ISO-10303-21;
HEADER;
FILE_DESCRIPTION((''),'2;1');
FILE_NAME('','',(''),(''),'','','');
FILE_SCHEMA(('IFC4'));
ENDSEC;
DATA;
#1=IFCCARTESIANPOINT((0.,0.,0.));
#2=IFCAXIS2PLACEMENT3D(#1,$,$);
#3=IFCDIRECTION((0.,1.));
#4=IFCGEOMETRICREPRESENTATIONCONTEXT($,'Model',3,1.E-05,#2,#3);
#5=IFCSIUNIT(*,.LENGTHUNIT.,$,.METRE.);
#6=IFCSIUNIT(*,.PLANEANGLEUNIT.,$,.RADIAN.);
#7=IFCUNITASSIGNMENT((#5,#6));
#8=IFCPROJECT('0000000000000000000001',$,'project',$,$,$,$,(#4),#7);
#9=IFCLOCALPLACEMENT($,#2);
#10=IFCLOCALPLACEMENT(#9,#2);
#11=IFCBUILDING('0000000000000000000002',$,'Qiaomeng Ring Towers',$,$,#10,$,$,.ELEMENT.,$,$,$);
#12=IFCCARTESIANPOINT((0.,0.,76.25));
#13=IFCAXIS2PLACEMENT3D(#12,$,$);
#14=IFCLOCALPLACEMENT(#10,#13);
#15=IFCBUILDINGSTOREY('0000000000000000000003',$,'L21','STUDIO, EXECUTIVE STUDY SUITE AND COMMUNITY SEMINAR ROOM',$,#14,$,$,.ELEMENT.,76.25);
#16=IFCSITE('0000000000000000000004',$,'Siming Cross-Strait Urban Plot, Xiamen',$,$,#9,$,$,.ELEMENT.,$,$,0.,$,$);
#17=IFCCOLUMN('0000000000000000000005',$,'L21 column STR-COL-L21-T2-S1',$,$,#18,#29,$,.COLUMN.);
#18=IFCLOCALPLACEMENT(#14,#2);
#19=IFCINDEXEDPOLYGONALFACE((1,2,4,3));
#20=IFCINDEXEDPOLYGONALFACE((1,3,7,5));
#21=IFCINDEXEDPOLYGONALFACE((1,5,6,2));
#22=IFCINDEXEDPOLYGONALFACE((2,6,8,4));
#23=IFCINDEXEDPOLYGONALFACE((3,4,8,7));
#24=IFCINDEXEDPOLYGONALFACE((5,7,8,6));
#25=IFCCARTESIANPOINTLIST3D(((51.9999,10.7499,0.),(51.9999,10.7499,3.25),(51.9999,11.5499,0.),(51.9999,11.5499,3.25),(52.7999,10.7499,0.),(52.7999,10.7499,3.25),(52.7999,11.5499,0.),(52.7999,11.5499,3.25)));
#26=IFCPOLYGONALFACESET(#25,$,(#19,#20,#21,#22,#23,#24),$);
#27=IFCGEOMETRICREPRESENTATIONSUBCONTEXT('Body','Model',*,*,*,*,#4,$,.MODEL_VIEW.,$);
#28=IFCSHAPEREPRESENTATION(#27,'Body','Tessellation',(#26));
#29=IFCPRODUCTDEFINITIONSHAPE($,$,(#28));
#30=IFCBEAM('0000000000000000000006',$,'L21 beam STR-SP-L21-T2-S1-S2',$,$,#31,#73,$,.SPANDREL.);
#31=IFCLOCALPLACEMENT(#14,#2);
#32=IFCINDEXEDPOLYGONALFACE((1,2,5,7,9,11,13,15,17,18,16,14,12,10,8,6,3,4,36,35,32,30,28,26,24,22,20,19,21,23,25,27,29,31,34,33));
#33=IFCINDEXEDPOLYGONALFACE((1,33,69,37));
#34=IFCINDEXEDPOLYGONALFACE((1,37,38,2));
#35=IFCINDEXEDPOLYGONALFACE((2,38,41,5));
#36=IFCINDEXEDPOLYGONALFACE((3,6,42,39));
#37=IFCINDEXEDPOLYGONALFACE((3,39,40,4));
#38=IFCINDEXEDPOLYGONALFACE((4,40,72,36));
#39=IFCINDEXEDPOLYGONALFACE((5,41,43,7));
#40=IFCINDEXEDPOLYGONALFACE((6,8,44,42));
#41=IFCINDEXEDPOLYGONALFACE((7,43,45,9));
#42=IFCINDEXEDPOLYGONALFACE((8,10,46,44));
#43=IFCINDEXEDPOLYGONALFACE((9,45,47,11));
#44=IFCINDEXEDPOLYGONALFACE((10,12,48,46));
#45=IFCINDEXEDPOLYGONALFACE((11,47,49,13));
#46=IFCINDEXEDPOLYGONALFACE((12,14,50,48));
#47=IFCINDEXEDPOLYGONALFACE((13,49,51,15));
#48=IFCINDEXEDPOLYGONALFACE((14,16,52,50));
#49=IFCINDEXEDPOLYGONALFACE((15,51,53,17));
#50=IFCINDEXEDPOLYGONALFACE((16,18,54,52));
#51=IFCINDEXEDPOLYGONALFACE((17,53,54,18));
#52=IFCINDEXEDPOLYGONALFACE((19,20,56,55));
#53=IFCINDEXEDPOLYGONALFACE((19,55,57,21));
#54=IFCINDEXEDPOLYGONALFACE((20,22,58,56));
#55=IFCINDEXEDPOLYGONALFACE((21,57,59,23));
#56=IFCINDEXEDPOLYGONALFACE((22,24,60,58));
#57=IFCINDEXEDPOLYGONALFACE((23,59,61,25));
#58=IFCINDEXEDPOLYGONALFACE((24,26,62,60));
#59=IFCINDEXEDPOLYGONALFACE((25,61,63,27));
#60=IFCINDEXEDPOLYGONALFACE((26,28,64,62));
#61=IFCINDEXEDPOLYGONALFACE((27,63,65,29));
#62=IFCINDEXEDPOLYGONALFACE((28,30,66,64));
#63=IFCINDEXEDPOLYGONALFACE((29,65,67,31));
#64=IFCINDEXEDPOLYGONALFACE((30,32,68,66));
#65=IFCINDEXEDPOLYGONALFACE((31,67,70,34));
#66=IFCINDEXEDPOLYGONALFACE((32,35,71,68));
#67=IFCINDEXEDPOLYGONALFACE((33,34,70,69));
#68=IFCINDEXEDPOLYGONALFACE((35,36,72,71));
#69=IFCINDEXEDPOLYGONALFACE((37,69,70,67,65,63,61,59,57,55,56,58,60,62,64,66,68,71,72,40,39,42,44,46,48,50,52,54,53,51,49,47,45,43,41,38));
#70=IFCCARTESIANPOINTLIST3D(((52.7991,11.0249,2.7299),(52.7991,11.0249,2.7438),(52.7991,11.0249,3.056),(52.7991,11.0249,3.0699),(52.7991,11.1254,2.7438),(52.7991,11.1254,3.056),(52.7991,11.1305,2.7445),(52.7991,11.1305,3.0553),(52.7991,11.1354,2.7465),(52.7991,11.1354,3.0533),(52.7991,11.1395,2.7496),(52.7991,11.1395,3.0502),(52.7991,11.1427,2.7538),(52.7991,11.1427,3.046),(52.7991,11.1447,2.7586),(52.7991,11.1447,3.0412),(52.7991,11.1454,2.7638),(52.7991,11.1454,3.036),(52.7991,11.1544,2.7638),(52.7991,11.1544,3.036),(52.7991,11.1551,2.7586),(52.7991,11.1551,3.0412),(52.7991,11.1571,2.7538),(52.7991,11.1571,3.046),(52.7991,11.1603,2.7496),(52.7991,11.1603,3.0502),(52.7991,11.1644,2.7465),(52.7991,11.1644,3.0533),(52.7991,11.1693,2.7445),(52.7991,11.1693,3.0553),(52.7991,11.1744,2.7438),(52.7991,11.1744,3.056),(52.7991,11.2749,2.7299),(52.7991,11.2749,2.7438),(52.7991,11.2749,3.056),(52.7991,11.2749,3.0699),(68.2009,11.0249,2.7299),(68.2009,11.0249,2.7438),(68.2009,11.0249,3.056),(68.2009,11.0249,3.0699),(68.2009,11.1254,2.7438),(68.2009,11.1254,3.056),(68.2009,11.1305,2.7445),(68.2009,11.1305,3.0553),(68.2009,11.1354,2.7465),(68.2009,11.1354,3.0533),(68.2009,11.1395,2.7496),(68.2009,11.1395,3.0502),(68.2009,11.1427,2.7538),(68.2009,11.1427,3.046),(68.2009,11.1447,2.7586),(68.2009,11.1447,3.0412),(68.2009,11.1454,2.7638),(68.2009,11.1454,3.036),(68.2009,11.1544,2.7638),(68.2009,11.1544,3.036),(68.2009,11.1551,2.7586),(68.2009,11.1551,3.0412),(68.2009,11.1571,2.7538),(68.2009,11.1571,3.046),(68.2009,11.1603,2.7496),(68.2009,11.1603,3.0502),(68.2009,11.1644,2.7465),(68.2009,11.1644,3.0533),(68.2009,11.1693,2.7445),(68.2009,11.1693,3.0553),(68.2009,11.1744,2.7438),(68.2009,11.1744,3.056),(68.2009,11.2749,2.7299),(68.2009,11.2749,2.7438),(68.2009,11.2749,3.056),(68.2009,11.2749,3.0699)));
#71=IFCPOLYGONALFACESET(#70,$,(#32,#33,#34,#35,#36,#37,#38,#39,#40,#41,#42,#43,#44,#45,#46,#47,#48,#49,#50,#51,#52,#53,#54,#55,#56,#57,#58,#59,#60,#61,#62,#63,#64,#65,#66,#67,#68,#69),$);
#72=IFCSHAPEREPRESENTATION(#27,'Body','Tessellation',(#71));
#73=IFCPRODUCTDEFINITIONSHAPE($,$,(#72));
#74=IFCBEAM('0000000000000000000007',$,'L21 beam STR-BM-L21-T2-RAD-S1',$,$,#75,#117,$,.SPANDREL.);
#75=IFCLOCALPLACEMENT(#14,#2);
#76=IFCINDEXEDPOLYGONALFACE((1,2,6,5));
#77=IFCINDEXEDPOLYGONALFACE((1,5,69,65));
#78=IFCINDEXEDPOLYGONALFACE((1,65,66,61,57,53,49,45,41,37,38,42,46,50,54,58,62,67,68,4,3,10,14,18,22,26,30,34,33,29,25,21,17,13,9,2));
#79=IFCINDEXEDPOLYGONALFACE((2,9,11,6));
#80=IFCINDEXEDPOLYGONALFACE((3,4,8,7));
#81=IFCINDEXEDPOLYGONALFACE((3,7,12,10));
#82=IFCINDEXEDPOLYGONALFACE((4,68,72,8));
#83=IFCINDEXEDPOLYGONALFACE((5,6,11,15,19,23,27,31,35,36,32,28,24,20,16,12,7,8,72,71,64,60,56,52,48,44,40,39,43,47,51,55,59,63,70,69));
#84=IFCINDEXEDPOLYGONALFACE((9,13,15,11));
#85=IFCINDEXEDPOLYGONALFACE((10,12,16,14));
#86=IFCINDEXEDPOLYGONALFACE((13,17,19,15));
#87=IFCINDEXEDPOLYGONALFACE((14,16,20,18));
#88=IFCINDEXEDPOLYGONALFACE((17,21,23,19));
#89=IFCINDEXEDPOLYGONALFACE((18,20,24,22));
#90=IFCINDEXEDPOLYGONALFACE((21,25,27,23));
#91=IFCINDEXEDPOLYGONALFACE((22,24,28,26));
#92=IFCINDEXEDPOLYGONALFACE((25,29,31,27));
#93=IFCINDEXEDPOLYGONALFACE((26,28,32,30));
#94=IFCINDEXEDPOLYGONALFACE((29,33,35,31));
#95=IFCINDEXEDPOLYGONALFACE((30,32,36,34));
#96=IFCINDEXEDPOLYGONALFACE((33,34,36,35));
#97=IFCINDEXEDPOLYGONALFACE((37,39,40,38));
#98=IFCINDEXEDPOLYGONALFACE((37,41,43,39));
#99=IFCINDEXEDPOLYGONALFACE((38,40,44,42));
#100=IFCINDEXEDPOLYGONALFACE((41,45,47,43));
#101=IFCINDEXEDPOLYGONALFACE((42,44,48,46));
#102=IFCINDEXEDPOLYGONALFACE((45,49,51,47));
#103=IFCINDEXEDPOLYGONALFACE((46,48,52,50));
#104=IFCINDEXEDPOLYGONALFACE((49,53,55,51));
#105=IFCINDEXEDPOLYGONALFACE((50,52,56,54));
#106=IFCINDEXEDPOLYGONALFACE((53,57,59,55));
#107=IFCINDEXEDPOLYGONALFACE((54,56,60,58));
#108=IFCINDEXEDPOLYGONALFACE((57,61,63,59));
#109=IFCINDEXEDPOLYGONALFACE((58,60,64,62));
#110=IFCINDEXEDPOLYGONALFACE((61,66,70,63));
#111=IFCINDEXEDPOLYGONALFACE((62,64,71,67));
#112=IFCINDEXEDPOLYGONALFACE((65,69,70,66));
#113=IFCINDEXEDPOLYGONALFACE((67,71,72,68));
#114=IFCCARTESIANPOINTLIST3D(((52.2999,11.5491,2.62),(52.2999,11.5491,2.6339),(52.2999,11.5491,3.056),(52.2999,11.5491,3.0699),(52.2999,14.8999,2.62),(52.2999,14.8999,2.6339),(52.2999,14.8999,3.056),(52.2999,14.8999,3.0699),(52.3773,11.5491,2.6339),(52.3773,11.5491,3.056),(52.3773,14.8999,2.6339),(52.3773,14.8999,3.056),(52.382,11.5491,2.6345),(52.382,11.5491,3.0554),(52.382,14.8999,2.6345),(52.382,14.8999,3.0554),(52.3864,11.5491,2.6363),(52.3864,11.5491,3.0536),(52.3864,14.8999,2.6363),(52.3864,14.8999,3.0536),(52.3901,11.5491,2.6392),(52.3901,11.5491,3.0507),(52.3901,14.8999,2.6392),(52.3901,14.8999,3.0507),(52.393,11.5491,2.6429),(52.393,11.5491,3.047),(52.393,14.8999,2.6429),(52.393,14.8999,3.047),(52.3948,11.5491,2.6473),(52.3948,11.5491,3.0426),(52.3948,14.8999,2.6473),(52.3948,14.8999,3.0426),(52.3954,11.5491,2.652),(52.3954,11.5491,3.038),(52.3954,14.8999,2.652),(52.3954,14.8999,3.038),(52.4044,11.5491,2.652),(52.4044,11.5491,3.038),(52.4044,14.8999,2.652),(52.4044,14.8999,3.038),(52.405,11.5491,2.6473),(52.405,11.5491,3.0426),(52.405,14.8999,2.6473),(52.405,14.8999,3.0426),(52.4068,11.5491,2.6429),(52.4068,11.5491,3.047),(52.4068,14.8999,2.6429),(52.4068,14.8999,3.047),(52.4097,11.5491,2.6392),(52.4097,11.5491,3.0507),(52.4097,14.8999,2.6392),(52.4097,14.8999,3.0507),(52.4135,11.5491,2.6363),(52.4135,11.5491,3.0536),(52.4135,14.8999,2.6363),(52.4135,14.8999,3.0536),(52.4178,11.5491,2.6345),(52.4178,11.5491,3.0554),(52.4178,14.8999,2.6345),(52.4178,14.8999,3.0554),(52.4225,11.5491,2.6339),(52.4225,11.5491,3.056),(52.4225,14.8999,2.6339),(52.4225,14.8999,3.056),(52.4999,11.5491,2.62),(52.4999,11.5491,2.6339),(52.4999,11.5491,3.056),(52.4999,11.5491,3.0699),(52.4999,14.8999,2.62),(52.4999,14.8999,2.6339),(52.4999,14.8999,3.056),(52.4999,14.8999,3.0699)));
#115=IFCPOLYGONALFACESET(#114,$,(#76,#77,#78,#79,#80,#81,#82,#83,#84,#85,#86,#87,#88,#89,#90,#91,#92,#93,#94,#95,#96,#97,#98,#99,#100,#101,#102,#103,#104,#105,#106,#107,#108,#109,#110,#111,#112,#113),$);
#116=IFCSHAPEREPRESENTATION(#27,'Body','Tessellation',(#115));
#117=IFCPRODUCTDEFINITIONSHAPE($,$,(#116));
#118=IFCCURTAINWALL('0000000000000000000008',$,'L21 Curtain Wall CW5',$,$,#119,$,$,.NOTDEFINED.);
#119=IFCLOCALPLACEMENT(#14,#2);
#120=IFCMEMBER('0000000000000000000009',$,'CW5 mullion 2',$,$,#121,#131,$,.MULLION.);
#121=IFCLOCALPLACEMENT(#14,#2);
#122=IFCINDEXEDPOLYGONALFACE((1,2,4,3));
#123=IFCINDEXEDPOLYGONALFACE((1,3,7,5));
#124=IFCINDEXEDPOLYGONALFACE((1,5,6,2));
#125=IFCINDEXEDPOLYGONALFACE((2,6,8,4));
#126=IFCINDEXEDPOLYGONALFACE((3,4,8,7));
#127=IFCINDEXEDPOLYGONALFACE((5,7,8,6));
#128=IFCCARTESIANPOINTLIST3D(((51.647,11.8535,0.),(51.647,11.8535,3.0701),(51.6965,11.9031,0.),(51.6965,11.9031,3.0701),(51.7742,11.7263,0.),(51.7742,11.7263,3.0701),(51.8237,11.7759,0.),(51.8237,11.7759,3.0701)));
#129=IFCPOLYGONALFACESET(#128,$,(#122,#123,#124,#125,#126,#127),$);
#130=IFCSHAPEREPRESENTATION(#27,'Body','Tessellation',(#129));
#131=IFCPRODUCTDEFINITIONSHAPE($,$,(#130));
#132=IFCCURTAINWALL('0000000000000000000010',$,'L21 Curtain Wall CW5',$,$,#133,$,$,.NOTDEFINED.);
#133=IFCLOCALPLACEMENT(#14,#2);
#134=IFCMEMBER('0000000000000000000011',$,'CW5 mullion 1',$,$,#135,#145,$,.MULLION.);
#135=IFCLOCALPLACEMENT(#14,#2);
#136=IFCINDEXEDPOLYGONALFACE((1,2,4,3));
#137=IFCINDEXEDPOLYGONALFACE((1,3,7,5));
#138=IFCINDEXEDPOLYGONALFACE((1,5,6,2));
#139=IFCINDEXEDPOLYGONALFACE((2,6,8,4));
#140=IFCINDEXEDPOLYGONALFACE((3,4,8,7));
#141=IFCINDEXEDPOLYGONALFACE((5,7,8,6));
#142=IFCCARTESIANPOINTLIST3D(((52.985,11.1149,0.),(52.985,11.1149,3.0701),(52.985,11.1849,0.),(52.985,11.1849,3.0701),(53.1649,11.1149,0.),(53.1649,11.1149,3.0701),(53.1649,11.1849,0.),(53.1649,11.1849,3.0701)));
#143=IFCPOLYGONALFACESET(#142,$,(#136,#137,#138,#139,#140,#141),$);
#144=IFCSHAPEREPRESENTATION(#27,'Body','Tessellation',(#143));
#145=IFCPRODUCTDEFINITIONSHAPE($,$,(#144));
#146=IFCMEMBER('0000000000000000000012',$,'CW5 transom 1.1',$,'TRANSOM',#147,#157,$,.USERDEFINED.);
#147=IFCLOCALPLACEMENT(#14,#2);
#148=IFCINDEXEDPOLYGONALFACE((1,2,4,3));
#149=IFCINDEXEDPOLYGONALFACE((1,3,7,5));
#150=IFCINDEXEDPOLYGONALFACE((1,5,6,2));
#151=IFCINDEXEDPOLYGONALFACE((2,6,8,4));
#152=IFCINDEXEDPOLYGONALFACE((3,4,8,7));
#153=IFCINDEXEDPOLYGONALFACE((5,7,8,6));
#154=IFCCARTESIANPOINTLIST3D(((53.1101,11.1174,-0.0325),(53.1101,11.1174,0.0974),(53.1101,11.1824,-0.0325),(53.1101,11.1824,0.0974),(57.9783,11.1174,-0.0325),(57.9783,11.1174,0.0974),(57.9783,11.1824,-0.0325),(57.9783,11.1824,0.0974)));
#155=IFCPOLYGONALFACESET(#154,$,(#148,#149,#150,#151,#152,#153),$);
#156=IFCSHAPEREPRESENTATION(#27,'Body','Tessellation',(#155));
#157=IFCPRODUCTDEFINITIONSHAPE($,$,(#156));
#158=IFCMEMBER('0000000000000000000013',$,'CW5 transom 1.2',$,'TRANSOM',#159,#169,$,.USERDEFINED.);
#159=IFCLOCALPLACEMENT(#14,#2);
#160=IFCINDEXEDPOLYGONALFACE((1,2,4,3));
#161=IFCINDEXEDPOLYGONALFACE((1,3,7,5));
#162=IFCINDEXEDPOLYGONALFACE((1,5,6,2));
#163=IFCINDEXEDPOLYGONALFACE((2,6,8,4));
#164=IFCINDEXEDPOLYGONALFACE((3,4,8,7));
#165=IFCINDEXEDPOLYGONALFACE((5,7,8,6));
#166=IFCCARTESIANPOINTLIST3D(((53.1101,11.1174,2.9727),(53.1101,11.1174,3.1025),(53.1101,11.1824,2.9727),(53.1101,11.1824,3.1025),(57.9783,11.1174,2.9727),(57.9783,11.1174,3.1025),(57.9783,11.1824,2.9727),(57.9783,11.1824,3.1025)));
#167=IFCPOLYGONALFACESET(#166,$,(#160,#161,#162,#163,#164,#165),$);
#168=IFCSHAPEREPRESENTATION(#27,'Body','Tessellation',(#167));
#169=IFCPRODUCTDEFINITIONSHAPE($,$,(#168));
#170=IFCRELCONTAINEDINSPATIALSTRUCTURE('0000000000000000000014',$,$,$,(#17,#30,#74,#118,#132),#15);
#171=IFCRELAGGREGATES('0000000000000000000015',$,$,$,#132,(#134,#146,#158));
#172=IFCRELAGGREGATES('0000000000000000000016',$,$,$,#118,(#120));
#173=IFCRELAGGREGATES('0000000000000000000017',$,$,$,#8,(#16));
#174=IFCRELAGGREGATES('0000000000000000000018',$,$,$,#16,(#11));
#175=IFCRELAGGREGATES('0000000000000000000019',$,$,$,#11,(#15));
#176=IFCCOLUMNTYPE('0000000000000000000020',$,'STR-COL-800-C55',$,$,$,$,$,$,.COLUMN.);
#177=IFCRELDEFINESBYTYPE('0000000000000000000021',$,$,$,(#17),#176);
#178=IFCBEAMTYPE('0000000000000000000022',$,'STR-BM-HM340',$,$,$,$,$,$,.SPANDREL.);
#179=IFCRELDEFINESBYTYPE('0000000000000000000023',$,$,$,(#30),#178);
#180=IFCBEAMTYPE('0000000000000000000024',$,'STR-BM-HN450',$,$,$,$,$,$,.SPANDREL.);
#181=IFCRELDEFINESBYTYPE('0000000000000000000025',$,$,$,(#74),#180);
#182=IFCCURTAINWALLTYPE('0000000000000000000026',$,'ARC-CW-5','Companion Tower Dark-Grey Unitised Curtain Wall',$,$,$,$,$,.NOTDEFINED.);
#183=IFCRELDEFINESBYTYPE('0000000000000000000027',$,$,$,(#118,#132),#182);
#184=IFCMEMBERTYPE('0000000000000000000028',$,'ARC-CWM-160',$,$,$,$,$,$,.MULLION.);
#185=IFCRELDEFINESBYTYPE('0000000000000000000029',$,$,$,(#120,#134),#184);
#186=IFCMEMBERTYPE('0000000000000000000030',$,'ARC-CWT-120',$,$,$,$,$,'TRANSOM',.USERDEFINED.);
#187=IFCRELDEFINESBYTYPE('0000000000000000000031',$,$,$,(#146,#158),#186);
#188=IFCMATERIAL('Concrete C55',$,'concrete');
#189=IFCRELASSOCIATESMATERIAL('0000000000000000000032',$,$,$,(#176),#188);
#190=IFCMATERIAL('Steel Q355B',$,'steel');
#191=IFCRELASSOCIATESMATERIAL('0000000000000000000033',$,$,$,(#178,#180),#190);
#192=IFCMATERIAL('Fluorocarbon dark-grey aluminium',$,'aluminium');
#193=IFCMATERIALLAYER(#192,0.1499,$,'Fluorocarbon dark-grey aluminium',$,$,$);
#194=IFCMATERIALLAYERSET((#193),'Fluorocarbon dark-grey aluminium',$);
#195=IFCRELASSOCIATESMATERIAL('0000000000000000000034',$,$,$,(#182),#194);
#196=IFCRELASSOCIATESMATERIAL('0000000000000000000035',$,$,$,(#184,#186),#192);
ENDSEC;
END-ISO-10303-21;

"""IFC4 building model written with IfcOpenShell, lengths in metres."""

from ifc_helpers import new_model, si_unit, direction, frame, origin, origin_2d, place, context, subcontext, project, spatial, rectangle, i_section, extrude, source, transform, mapped, material, layer, layer_set, material_profile, profile_set, type_object, element, aggregate, save


model = new_model("IFC4")

# Units and contexts
model_context = context("Model", 3, precision=1e-05, world=origin(), true_north=direction((0.0, 1.0)))
body_context = subcontext(model_context, "Body", "Model", "MODEL_VIEW")
ifc_project = project(units=[si_unit("LENGTHUNIT", "METRE"), si_unit("PLANEANGLEUNIT", "RADIAN")], contexts=[model_context])

# Site, building, storey
site_placement = place(None, origin())
site = spatial("IfcSite", under=ifc_project, at=site_placement, Name="Siming Cross-Strait Urban Plot, Xiamen", CompositionType="ELEMENT", RefElevation=0.0)
building_placement = place(site_placement, origin())
building = spatial("IfcBuilding", under=site, at=building_placement, Name="Qiaomeng Ring Towers", CompositionType="ELEMENT")
storey_placement = place(building_placement, frame((0.0, 0.0, 76.25)))
storey = spatial("IfcBuildingStorey", under=building, at=storey_placement, Name="L21", Description="STUDIO, EXECUTIVE STUDY SUITE AND COMMUNITY SEMINAR ROOM", CompositionType="ELEMENT", Elevation=76.25)

# Column
ifc_material_1 = material(Name="Concrete C55", Category="concrete")
ifc_material_profile_1 = material_profile(ifc_material_1, rectangle(XDim=0.8, YDim=0.8, at=origin_2d()), Name="RC COL 800x800")
ifc_profile_set_1 = profile_set([ifc_material_profile_1], Name="Concrete C55")
column_type = type_object("IfcColumnType", Name="STR-COL-800-C55", PredefinedType="COLUMN", material=ifc_profile_set_1)
shared_shape_1 = source(origin(), body_context, "Body", "SweptSolid", [
    extrude(rectangle(XDim=0.8, YDim=0.8, at=origin_2d()), origin(), (0.0, 0.0, 1.0), 3.25),
])
column_placement = place(storey_placement, frame((52.3999, 11.1499, 0.0), z_axis=(0.0, 0.0, 1.0), x_axis=(1.0, 0.0, 0.0)))
element("IfcColumn", 1, at=column_placement, inside=storey, type_object=column_type, Name="L21 column STR-COL-L21-T2-S1", PredefinedType="COLUMN", context=body_context, shape_type="MappedRepresentation", body=[
    mapped(shared_shape_1, transform((0.0, 0.0, 0.0), x_axis=(1.0, 0.0, 0.0), y_axis=(0.0, 1.0, 0.0), z_axis=(0.0, 0.0, 1.0), scale=1.0)),
])

# Beams
ifc_material_2 = material(Name="Steel Q355B", Category="steel")
ifc_material_profile_2 = material_profile(ifc_material_2, i_section(OverallWidth=0.25, OverallDepth=0.3401, WebThickness=0.009, FlangeThickness=0.0139, FilletRadius=0.02, at=origin_2d()), Name="HM 340x250x9x14")
ifc_profile_set_2 = profile_set([ifc_material_profile_2], Name="Steel Q355B")
beam_type_1 = type_object("IfcBeamType", Name="STR-BM-HM340", PredefinedType="SPANDREL", material=ifc_profile_set_2)
shared_shape_2 = source(origin(), body_context, "Body", "SweptSolid", [
    extrude(i_section(OverallWidth=0.25, OverallDepth=0.3401, WebThickness=0.009, FlangeThickness=0.0139, FilletRadius=0.02, at=origin_2d()), origin(), (0.0, 0.0, 1.0), 15.4019),
])
beam_1_placement = place(storey_placement, frame((52.7991, 11.1499, 2.8999), z_axis=(1.0, 0.0, 0.0), x_axis=(0.0, 1.0, 0.0)))
element("IfcBeam", 2, at=beam_1_placement, inside=storey, type_object=beam_type_1, Name="L21 beam STR-SP-L21-T2-S1-S2", PredefinedType="SPANDREL", context=body_context, shape_type="MappedRepresentation", body=[
    mapped(shared_shape_2, transform((0.0, 0.0, 0.0), x_axis=(1.0, 0.0, 0.0), y_axis=(0.0, 1.0, 0.0), z_axis=(0.0, 0.0, 1.0), scale=1.0)),
])
ifc_material_profile_3 = material_profile(ifc_material_2, i_section(OverallWidth=0.2, OverallDepth=0.45, WebThickness=0.009, FlangeThickness=0.0139, FilletRadius=0.0181, at=origin_2d()), Name="HN 450x200x9x14")
ifc_profile_set_3 = profile_set([ifc_material_profile_3], Name="Steel Q355B")
beam_type_2 = type_object("IfcBeamType", Name="STR-BM-HN450", PredefinedType="SPANDREL", material=ifc_profile_set_3)
shared_shape_3 = source(origin(), body_context, "Body", "SweptSolid", [
    extrude(i_section(OverallWidth=0.2, OverallDepth=0.45, WebThickness=0.009, FlangeThickness=0.0139, FilletRadius=0.0181, at=origin_2d()), origin(), (0.0, 0.0, 1.0), 3.3508),
])
beam_2_placement = place(storey_placement, frame((52.3999, 11.5491, 2.845), z_axis=(0.0, 1.0, 0.0), x_axis=(-1.0, 0.0, 0.0)))
element("IfcBeam", 3, at=beam_2_placement, inside=storey, type_object=beam_type_2, Name="L21 beam STR-BM-L21-T2-RAD-S1", PredefinedType="SPANDREL", context=body_context, shape_type="MappedRepresentation", body=[
    mapped(shared_shape_3, transform((0.0, 0.0, 0.0), x_axis=(1.0, 0.0, 0.0), y_axis=(0.0, 1.0, 0.0), z_axis=(0.0, 0.0, 1.0), scale=1.0)),
])

# Curtain wall, member
ifc_material_3 = material(Name="Fluorocarbon dark-grey aluminium", Category="aluminium")
ifc_layer_1 = layer(ifc_material_3, 0.1499, Name="Fluorocarbon dark-grey aluminium")
ifc_layer_set_1 = layer_set([ifc_layer_1], Name="Fluorocarbon dark-grey aluminium")
curtain_wall_type = type_object("IfcCurtainWallType", Name="ARC-CW-5", Description="Companion Tower Dark-Grey Unitised Curtain Wall", PredefinedType="NOTDEFINED", material=ifc_layer_set_1)
curtain_wall_1_placement = place(storey_placement, origin())
curtain_wall_1 = element("IfcCurtainWall", 4, at=curtain_wall_1_placement, inside=storey, type_object=curtain_wall_type, Name="L21 Curtain Wall CW5", PredefinedType="NOTDEFINED")
ifc_material_profile_4 = material_profile(ifc_material_3, rectangle(XDim=0.0701, YDim=0.1799, at=origin_2d()), Name="ALU MULL 70x180")
ifc_profile_set_4 = profile_set([ifc_material_profile_4], Name="Fluorocarbon dark-grey aluminium")
member_type_1 = type_object("IfcMemberType", Name="ARC-CWM-160", PredefinedType="MULLION", material=ifc_profile_set_4)
shared_shape_4 = source(origin(), body_context, "Body", "SweptSolid", [
    extrude(rectangle(XDim=0.0701, YDim=0.1799, at=origin_2d()), origin(), (0.0, 0.0, 1.0), 3.0701),
])
member_1_placement = place(storey_placement, frame((51.7354, 11.8147, 0.0), z_axis=(0.0, 0.0, 1.0), x_axis=(0.707107, 0.707107, 0.0)))
member_1 = element("IfcMember", 5, at=member_1_placement, type_object=member_type_1, Name="CW5 mullion 2", PredefinedType="MULLION", context=body_context, shape_type="MappedRepresentation", body=[
    mapped(shared_shape_4, transform((0.0, 0.0, 0.0), x_axis=(1.0, 0.0, 0.0), y_axis=(0.0, 1.0, 0.0), z_axis=(0.0, 0.0, 1.0), scale=1.0)),
])

# Curtain wall, members
curtain_wall_2_placement = place(storey_placement, origin())
curtain_wall_2 = element("IfcCurtainWall", 6, at=curtain_wall_2_placement, inside=storey, type_object=curtain_wall_type, Name="L21 Curtain Wall CW5", PredefinedType="NOTDEFINED")
member_2_placement = place(storey_placement, frame((53.075, 11.1499, 0.0), z_axis=(0.0, 0.0, 1.0), x_axis=(0.0, 1.0, 0.0)))
member_2 = element("IfcMember", 7, at=member_2_placement, type_object=member_type_1, Name="CW5 mullion 1", PredefinedType="MULLION", context=body_context, shape_type="MappedRepresentation", body=[
    mapped(shared_shape_4, transform((0.0, 0.0, 0.0), x_axis=(1.0, 0.0, 0.0), y_axis=(0.0, 1.0, 0.0), z_axis=(0.0, 0.0, 1.0), scale=1.0)),
])
ifc_material_profile_5 = material_profile(ifc_material_3, rectangle(XDim=0.0649, YDim=0.1299, at=origin_2d()), Name="ALU TRAN 65x130")
ifc_profile_set_5 = profile_set([ifc_material_profile_5], Name="Fluorocarbon dark-grey aluminium")
member_type_2 = type_object("IfcMemberType", Name="ARC-CWT-120", ElementType="TRANSOM", PredefinedType="USERDEFINED", material=ifc_profile_set_5)
shared_shape_5 = source(origin(), body_context, "Body", "SweptSolid", [
    extrude(rectangle(XDim=0.0649, YDim=0.1299, at=origin_2d()), origin(), (0.0, 0.0, 1.0), 4.8682),
])
member_3_placement = place(storey_placement, frame((53.1101, 11.1499, 0.0325), z_axis=(1.0, 0.0, 0.0), x_axis=(0.0, 1.0, 0.0)))
member_3 = element("IfcMember", 8, at=member_3_placement, type_object=member_type_2, Name="CW5 transom 1.1", ObjectType="TRANSOM", PredefinedType="USERDEFINED", context=body_context, shape_type="MappedRepresentation", body=[
    mapped(shared_shape_5, transform((0.0, 0.0, 0.0), x_axis=(1.0, 0.0, 0.0), y_axis=(0.0, 1.0, 0.0), z_axis=(0.0, 0.0, 1.0), scale=1.0)),
])
member_4_placement = place(storey_placement, frame((53.1101, 11.1499, 3.0376), z_axis=(1.0, 0.0, 0.0), x_axis=(0.0, 1.0, 0.0)))
member_4 = element("IfcMember", 9, at=member_4_placement, type_object=member_type_2, Name="CW5 transom 1.2", ObjectType="TRANSOM", PredefinedType="USERDEFINED", context=body_context, shape_type="MappedRepresentation", body=[
    mapped(shared_shape_5, transform((0.0, 0.0, 0.0), x_axis=(1.0, 0.0, 0.0), y_axis=(0.0, 1.0, 0.0), z_axis=(0.0, 0.0, 1.0), scale=1.0)),
])
aggregate(curtain_wall_2, [member_2, member_3, member_4])

aggregate(curtain_wall_1, [member_1])

save(model, "model.ifc")
